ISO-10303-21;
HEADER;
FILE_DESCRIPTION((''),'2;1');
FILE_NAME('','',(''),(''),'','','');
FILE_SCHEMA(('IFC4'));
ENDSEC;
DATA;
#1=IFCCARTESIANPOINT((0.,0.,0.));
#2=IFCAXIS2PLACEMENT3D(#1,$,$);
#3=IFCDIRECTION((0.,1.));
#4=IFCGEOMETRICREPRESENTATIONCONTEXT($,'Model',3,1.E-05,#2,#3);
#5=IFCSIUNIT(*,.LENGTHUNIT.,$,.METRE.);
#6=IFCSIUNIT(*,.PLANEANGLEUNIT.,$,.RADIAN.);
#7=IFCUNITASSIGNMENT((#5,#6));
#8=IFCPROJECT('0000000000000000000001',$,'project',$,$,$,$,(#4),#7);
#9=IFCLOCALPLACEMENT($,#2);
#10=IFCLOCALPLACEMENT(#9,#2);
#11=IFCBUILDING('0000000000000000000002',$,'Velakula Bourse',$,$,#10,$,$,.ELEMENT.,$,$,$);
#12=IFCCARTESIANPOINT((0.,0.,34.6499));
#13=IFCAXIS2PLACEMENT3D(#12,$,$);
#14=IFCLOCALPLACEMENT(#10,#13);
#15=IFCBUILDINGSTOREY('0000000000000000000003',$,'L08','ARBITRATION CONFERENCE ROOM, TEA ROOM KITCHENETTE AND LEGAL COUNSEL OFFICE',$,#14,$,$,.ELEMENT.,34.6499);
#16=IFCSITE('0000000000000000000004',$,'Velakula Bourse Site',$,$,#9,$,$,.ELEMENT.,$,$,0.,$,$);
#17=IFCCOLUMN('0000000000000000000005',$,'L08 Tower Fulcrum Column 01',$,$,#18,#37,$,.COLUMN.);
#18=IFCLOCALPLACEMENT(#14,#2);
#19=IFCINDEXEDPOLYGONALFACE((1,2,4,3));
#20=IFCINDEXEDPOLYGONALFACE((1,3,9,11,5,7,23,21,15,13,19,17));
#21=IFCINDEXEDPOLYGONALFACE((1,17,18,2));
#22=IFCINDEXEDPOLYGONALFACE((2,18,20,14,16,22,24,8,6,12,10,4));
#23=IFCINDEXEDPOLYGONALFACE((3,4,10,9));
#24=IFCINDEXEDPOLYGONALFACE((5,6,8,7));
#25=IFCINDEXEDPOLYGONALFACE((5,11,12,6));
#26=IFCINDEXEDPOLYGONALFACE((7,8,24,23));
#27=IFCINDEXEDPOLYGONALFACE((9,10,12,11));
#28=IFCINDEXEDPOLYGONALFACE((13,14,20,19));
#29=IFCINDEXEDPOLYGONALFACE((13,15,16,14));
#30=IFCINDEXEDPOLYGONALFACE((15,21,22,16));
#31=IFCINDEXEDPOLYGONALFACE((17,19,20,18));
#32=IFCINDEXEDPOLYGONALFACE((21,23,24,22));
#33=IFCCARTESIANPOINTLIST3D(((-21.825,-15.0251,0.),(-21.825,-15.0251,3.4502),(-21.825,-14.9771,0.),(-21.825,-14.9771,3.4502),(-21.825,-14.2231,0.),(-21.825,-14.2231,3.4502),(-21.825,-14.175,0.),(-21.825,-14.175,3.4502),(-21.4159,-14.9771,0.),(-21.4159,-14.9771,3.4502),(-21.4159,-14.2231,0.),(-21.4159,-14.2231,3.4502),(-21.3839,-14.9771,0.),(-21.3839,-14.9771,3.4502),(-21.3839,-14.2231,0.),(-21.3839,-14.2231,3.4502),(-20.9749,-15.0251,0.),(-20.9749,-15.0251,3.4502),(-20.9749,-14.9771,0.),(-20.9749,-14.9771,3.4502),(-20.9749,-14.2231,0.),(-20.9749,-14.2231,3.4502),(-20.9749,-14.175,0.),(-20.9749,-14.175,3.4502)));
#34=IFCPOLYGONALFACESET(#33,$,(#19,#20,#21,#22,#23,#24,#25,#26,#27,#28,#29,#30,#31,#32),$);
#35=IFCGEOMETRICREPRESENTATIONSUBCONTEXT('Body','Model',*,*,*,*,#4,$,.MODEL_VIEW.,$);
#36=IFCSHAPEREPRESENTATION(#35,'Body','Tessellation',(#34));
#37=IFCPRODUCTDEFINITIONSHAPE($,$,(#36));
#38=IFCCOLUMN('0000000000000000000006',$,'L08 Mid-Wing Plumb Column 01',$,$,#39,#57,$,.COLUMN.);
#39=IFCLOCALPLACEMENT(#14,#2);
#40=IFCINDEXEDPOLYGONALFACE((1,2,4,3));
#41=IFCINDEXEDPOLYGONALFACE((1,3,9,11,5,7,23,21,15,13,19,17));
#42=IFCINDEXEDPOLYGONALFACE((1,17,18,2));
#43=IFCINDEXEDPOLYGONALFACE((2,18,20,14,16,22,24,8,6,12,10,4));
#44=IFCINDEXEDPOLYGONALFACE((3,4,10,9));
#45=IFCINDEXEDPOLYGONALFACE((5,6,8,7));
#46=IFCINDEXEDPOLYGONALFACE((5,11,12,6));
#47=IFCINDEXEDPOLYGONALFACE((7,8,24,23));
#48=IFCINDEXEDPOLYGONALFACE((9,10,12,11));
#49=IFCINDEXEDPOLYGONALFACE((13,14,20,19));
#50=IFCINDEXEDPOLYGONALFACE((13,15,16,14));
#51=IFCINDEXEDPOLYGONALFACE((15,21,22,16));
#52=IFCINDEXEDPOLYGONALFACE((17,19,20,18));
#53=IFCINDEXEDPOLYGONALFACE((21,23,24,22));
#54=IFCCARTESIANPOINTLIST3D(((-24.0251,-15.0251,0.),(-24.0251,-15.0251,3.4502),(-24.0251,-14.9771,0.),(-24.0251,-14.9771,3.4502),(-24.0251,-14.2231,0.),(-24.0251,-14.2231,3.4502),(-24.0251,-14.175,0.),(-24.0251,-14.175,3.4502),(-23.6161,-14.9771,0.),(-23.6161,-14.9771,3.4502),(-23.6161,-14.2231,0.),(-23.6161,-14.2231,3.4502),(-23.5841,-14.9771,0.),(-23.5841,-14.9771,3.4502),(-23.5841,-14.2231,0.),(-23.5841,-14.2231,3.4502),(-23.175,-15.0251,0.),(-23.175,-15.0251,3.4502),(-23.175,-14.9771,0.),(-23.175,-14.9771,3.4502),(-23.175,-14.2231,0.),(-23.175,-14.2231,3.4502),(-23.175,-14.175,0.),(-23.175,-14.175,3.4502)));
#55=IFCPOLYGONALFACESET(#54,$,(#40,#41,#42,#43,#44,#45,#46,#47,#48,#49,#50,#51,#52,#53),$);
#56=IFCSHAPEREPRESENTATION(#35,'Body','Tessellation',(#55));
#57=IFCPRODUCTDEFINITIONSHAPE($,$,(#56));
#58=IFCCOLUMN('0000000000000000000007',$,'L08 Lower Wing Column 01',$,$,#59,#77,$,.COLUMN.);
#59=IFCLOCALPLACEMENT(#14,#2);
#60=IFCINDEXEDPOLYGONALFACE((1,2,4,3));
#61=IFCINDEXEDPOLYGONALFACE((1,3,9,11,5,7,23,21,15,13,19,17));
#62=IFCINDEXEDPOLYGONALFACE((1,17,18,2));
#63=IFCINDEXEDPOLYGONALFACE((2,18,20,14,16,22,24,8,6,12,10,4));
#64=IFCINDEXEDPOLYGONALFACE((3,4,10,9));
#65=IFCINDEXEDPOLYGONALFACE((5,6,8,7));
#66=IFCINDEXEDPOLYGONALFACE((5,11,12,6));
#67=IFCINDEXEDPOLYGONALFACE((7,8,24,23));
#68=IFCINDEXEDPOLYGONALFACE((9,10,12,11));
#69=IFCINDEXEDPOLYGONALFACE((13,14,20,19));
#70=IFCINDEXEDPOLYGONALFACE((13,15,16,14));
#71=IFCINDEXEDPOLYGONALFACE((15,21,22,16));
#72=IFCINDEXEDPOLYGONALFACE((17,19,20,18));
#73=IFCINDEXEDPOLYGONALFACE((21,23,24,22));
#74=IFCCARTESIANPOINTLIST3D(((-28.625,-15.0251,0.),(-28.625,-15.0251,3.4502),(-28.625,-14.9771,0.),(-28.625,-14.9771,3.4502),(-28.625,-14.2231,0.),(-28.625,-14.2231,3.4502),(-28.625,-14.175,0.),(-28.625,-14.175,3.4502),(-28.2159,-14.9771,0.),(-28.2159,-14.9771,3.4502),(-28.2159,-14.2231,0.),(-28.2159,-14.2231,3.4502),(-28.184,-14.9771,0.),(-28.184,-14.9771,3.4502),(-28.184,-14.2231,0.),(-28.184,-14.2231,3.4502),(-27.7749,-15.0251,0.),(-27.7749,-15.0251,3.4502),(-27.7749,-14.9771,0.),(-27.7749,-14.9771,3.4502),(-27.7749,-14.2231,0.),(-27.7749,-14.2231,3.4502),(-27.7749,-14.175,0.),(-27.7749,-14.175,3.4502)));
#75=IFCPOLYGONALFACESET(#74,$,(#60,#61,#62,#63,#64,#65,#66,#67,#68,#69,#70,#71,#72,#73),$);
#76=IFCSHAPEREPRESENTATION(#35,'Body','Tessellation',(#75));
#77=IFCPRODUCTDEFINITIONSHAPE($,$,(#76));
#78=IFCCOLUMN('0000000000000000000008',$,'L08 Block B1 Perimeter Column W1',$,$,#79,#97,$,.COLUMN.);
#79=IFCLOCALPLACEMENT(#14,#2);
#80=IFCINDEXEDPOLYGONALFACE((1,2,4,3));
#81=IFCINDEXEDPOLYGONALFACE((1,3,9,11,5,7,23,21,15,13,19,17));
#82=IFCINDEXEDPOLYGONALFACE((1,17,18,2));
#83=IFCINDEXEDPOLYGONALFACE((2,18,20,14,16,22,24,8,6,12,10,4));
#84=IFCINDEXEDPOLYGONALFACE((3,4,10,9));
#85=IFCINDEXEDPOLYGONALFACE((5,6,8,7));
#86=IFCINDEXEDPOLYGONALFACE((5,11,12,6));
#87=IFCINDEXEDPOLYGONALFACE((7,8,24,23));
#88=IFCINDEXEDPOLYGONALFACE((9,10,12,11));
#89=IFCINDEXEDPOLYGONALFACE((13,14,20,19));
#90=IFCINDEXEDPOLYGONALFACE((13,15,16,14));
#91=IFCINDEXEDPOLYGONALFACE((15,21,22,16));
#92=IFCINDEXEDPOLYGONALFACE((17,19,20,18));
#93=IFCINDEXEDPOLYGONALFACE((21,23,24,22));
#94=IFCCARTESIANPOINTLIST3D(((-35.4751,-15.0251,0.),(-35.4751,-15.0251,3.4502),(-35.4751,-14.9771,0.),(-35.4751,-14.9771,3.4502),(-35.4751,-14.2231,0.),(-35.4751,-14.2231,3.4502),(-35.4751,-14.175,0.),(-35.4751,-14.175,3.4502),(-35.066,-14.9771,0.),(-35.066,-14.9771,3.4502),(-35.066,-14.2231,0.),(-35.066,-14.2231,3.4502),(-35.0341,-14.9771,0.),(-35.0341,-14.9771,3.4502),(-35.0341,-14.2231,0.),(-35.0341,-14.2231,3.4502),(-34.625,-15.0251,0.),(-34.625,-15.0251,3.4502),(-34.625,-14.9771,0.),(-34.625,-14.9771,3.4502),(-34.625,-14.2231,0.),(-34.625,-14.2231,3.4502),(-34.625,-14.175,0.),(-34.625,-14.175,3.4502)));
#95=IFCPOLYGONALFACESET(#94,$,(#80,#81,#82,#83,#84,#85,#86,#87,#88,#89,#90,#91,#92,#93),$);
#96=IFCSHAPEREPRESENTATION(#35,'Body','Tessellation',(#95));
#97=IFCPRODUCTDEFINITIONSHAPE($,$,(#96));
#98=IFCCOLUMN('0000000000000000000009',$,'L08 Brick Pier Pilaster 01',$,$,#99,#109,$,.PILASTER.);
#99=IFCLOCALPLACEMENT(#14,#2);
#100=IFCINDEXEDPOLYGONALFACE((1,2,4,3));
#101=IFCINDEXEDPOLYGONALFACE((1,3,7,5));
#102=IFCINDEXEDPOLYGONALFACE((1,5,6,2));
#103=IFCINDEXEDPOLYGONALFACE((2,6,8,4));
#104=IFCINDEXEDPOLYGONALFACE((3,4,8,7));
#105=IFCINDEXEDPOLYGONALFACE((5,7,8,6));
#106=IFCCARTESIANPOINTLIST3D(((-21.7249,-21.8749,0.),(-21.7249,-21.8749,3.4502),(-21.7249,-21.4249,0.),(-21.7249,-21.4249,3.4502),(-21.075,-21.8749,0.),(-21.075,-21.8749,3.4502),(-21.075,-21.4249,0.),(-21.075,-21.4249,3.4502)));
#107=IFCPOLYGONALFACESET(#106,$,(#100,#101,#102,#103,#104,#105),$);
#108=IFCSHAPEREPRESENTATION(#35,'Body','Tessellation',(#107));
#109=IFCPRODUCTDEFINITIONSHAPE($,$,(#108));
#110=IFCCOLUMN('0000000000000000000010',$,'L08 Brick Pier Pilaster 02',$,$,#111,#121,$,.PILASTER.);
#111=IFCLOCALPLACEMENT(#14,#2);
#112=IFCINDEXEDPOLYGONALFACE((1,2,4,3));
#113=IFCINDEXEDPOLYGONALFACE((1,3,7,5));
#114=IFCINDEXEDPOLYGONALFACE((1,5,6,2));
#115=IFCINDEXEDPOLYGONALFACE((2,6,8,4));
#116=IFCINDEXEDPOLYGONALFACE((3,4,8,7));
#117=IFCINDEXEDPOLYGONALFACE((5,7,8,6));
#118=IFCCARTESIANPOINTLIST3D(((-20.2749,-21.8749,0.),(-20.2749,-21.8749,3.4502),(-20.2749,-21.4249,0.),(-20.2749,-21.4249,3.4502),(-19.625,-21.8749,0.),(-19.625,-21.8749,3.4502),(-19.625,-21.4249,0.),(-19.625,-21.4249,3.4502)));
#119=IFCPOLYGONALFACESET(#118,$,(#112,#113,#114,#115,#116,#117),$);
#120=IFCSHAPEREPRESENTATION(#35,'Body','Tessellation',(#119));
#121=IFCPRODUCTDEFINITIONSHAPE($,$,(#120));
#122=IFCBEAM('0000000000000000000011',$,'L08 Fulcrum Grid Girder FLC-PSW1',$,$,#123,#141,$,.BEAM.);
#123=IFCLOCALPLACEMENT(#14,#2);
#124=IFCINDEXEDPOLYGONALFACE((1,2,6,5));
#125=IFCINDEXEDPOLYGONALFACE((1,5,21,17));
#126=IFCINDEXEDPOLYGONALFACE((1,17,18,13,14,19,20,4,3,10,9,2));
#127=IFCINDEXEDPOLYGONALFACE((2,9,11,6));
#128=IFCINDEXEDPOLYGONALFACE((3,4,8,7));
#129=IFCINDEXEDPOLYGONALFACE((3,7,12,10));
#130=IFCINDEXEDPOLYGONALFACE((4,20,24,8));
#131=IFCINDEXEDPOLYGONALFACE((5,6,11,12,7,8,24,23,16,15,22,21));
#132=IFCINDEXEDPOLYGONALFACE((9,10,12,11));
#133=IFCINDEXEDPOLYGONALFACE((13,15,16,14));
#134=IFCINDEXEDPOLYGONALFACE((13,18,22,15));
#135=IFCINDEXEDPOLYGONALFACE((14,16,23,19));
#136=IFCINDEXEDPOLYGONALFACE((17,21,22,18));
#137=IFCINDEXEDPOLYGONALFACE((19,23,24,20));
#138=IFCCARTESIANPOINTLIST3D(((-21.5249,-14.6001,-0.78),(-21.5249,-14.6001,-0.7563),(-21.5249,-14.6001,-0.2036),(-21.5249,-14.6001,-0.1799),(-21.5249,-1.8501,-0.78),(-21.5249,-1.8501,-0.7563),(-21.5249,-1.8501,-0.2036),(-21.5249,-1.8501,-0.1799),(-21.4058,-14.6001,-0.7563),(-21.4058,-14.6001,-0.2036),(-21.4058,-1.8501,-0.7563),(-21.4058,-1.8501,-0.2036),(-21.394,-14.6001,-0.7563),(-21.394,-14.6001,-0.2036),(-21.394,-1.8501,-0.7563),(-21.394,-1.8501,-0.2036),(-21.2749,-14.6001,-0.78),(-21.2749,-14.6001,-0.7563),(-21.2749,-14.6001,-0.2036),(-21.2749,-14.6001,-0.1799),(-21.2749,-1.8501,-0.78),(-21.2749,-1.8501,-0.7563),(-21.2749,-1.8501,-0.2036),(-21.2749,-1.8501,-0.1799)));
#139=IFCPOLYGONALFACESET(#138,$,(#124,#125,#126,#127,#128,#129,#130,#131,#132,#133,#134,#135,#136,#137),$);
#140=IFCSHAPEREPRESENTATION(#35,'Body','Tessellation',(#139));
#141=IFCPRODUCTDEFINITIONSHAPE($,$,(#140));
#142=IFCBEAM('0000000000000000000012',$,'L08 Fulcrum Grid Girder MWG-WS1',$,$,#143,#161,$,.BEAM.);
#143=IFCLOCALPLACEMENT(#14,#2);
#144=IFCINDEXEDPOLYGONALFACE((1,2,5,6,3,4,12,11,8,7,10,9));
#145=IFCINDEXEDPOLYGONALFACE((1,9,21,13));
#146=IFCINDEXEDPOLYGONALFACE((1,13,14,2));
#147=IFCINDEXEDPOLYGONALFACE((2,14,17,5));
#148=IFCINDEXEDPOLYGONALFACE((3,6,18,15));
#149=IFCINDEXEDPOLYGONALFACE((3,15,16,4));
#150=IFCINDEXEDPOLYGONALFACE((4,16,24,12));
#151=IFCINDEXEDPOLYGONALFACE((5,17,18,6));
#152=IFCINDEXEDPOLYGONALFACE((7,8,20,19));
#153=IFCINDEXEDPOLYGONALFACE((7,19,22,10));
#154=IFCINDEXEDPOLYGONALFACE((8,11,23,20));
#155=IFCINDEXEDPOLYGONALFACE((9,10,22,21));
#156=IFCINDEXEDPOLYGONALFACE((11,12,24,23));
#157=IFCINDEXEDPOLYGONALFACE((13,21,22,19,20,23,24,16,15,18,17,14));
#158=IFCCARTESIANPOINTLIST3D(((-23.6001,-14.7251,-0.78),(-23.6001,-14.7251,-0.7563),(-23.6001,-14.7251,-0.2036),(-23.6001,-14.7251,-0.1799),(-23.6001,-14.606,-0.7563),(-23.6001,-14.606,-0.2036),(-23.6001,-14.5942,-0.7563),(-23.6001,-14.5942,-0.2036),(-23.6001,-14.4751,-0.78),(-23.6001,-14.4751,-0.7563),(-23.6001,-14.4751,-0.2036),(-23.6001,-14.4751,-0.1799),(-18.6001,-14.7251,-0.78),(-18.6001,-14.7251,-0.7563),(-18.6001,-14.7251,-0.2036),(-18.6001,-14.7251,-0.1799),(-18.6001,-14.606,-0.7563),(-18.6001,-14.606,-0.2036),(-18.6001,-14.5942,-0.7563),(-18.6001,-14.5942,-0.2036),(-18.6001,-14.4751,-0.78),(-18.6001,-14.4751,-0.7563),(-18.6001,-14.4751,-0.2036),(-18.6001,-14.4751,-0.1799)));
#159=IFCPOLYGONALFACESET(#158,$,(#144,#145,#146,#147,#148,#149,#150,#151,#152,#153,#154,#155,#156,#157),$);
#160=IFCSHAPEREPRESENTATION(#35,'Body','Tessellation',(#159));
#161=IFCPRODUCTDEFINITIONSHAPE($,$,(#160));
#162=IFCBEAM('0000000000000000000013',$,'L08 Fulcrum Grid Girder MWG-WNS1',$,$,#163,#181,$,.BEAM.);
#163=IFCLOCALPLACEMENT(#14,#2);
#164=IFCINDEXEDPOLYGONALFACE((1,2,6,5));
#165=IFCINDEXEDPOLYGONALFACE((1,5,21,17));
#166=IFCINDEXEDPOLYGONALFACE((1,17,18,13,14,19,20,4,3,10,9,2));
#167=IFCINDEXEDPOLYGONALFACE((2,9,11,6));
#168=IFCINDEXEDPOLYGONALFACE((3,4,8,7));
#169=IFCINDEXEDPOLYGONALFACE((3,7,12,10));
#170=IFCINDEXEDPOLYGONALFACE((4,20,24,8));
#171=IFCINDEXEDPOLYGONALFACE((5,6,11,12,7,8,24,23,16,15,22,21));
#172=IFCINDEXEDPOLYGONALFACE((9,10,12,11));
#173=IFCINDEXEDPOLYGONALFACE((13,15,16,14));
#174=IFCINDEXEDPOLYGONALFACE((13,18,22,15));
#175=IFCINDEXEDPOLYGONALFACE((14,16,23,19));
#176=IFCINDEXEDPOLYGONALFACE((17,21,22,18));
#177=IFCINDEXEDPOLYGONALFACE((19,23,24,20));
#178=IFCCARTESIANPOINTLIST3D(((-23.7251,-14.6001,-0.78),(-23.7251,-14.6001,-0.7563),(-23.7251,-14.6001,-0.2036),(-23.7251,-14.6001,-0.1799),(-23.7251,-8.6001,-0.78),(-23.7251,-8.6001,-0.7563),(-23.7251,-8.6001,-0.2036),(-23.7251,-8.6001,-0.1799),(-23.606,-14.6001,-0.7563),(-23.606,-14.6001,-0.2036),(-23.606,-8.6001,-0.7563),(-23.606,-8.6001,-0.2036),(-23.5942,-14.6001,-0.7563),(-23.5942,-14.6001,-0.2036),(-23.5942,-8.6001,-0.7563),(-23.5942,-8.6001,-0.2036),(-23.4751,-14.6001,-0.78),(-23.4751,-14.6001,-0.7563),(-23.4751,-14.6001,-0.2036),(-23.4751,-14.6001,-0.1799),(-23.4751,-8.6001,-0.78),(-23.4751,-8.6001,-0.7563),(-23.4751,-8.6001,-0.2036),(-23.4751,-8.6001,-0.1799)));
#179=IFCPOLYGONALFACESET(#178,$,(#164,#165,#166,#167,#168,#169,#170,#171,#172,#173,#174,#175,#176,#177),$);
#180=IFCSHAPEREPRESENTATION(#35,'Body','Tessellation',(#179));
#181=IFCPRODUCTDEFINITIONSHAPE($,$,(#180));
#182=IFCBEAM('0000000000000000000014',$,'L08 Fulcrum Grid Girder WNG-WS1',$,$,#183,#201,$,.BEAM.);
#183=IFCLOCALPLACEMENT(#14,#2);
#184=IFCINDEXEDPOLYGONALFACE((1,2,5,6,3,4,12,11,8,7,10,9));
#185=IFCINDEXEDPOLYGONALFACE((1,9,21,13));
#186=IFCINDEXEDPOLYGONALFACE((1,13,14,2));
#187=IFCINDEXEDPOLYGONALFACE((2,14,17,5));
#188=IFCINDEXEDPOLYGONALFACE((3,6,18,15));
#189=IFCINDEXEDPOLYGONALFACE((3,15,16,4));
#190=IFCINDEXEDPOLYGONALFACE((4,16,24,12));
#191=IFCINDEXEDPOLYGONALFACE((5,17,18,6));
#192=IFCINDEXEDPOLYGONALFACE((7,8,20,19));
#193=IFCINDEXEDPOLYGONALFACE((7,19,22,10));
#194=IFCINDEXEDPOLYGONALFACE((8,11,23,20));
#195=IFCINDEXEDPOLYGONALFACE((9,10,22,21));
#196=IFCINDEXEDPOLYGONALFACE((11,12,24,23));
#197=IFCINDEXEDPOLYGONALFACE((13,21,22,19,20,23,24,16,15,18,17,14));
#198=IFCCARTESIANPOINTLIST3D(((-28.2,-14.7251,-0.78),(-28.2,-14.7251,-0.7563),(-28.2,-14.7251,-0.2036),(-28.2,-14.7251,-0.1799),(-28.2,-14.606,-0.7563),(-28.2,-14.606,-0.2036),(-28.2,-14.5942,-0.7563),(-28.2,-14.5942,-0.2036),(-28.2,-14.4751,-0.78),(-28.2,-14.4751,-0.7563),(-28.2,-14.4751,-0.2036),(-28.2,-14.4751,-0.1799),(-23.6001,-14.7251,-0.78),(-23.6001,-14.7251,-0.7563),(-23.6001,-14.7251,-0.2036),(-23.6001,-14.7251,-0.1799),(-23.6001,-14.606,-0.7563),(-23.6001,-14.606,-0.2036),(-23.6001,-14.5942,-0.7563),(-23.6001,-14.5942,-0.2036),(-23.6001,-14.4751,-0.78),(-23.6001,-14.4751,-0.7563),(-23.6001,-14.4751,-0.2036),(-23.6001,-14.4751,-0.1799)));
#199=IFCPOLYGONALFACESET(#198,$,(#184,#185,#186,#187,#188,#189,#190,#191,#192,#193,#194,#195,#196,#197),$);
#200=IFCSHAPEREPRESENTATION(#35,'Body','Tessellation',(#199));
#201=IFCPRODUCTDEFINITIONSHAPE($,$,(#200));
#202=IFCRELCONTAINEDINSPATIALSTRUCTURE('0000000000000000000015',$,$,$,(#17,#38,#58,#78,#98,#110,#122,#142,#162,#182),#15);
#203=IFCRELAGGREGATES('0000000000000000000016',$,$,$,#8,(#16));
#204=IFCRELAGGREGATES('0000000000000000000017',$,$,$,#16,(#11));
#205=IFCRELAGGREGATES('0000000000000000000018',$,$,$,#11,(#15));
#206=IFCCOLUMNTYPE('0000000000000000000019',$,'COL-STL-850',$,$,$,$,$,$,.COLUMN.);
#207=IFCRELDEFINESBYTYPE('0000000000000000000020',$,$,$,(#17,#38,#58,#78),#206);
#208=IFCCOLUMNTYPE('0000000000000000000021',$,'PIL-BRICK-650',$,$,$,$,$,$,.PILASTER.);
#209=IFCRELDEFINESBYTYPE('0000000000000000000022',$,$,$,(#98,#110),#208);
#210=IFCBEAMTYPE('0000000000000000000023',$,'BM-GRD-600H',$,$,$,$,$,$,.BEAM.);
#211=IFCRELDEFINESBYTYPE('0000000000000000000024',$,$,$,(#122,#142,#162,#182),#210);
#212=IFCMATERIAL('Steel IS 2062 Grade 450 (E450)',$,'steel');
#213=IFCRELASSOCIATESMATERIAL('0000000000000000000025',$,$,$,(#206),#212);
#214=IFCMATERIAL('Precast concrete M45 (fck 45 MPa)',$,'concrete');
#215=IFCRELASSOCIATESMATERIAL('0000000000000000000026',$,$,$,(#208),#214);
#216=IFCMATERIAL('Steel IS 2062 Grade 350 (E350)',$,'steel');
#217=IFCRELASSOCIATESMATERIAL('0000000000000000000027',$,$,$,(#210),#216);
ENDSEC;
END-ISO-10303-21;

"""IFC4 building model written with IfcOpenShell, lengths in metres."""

from ifc_helpers import new_model, si_unit, direction, frame, origin, origin_2d, place, context, subcontext, project, spatial, rectangle, i_section, extrude, material, material_profile, profile_set, type_object, element, save


model = new_model("IFC4")

# Units and contexts
model_context = context("Model", 3, precision=1e-05, world=origin(), true_north=direction((0.0, 1.0)))
body_context = subcontext(model_context, "Body", "Model", "MODEL_VIEW")
ifc_project = project(units=[si_unit("LENGTHUNIT", "METRE"), si_unit("PLANEANGLEUNIT", "RADIAN")], contexts=[model_context])

# Site, building, storey
site_placement = place(None, origin())
site = spatial("IfcSite", under=ifc_project, at=site_placement, Name="Velakula Bourse Site", CompositionType="ELEMENT", RefElevation=0.0)
building_placement = place(site_placement, origin())
building = spatial("IfcBuilding", under=site, at=building_placement, Name="Velakula Bourse", CompositionType="ELEMENT")
storey_placement = place(building_placement, frame((0.0, 0.0, 34.6499)))
storey = spatial("IfcBuildingStorey", under=building, at=storey_placement, Name="L08", Description="ARBITRATION CONFERENCE ROOM, TEA ROOM KITCHENETTE AND LEGAL COUNSEL OFFICE", CompositionType="ELEMENT", Elevation=34.6499)

# Columns
ifc_material_1 = material(Name="Steel IS 2062 Grade 450 (E450)", Category="steel")
ifc_material_profile_1 = material_profile(ifc_material_1, i_section(OverallWidth=0.8501, OverallDepth=0.8501, WebThickness=0.032, FlangeThickness=0.0481, at=origin_2d()), Name="Steel IS 2062 Grade 450 (E450)")
ifc_profile_set_1 = profile_set([ifc_material_profile_1], Name="Steel IS 2062 Grade 450 (E450)")
column_type_1 = type_object("IfcColumnType", Name="COL-STL-850", PredefinedType="COLUMN", material=ifc_profile_set_1)
for number, where, z_axis, x_axis, name in (
    (1, (-21.3999, -14.6001, 0.0), (0.0, 0.0, 1.0), (1.0, 0.0, 0.0), "L08 Tower Fulcrum Column 01"),
    (2, (-23.6001, -14.6001, 0.0), (0.0, 0.0, 1.0), (1.0, 0.0, 0.0), "L08 Mid-Wing Plumb Column 01"),
    (3, (-28.2, -14.6001, 0.0), (0.0, 0.0, 1.0), (1.0, 0.0, 0.0), "L08 Lower Wing Column 01"),
    (4, (-35.05, -14.6001, 0.0), (0.0, 0.0, 1.0), (1.0, 0.0, 0.0), "L08 Block B1 Perimeter Column W1"),
):
    element("IfcColumn", number, at=place(storey_placement, frame(where, z_axis=z_axis, x_axis=x_axis)), inside=storey, type_object=column_type_1, Name=name, PredefinedType="COLUMN", context=body_context, shape_type="SweptSolid", body=[
        extrude(i_section(OverallWidth=0.8501, OverallDepth=0.8501, WebThickness=0.032, FlangeThickness=0.0481, at=origin_2d()), origin(), (0.0, 0.0, 1.0), 3.4502),
    ])
ifc_material_2 = material(Name="Precast concrete M45 (fck 45 MPa)", Category="concrete")
ifc_material_profile_2 = material_profile(ifc_material_2, rectangle(XDim=0.6499, YDim=0.45, at=origin_2d()), Name="Precast concrete M45 (fck 45 MPa)")
ifc_profile_set_2 = profile_set([ifc_material_profile_2], Name="Precast concrete M45 (fck 45 MPa)")
column_type_2 = type_object("IfcColumnType", Name="PIL-BRICK-650", PredefinedType="PILASTER", material=ifc_profile_set_2)
for number, where, z_axis, x_axis, name in (
    (5, (-21.3999, -21.6499, 0.0), (0.0, 0.0, 1.0), (1.0, 0.0, 0.0), "L08 Brick Pier Pilaster 01"),
    (6, (-19.95, -21.6499, 0.0), (0.0, 0.0, 1.0), (1.0, 0.0, 0.0), "L08 Brick Pier Pilaster 02"),
):
    element("IfcColumn", number, at=place(storey_placement, frame(where, z_axis=z_axis, x_axis=x_axis)), inside=storey, type_object=column_type_2, Name=name, PredefinedType="PILASTER", context=body_context, shape_type="SweptSolid", body=[
        extrude(rectangle(XDim=0.6499, YDim=0.45, at=origin_2d()), origin(), (0.0, 0.0, 1.0), 3.4502),
    ])

# Beams
ifc_material_3 = material(Name="Steel IS 2062 Grade 350 (E350)", Category="steel")
ifc_material_profile_3 = material_profile(ifc_material_3, i_section(OverallWidth=0.25, OverallDepth=0.6001, WebThickness=0.0117, FlangeThickness=0.0237, at=origin_2d()), Name="Steel IS 2062 Grade 350 (E350)")
ifc_profile_set_3 = profile_set([ifc_material_profile_3], Name="Steel IS 2062 Grade 350 (E350)")
beam_type_1 = type_object("IfcBeamType", Name="BM-GRD-600H", PredefinedType="BEAM", material=ifc_profile_set_3)
beam_1_placement = place(storey_placement, frame((-21.3999, -14.6001, -0.48), z_axis=(0.0, 1.0, 0.0), x_axis=(-1.0, 0.0, 0.0)))
element("IfcBeam", 7, at=beam_1_placement, inside=storey, type_object=beam_type_1, Name="L08 Fulcrum Grid Girder FLC-PSW1", PredefinedType="BEAM", context=body_context, shape_type="SweptSolid", body=[
    extrude(i_section(OverallWidth=0.25, OverallDepth=0.6001, WebThickness=0.0117, FlangeThickness=0.0237, at=origin_2d()), origin(), (0.0, 0.0, 1.0), 12.75),
])
beam_2_placement = place(storey_placement, frame((-23.6001, -14.6001, -0.48), z_axis=(1.0, 0.0, 0.0), x_axis=(0.0, 1.0, 0.0)))
element("IfcBeam", 8, at=beam_2_placement, inside=storey, type_object=beam_type_1, Name="L08 Fulcrum Grid Girder MWG-WS1", PredefinedType="BEAM", context=body_context, shape_type="SweptSolid", body=[
    extrude(i_section(OverallWidth=0.25, OverallDepth=0.6001, WebThickness=0.0117, FlangeThickness=0.0237, at=origin_2d()), origin(), (0.0, 0.0, 1.0), 5.0),
])
beam_3_placement = place(storey_placement, frame((-23.6001, -14.6001, -0.48), z_axis=(0.0, 1.0, 0.0), x_axis=(-1.0, 0.0, 0.0)))
element("IfcBeam", 9, at=beam_3_placement, inside=storey, type_object=beam_type_1, Name="L08 Fulcrum Grid Girder MWG-WNS1", PredefinedType="BEAM", context=body_context, shape_type="SweptSolid", body=[
    extrude(i_section(OverallWidth=0.25, OverallDepth=0.6001, WebThickness=0.0117, FlangeThickness=0.0237, at=origin_2d()), origin(), (0.0, 0.0, 1.0), 6.0),
])
beam_4_placement = place(storey_placement, frame((-28.2, -14.6001, -0.48), z_axis=(1.0, 0.0, 0.0), x_axis=(0.0, 1.0, 0.0)))
element("IfcBeam", 10, at=beam_4_placement, inside=storey, type_object=beam_type_1, Name="L08 Fulcrum Grid Girder WNG-WS1", PredefinedType="BEAM", context=body_context, shape_type="SweptSolid", body=[
    extrude(i_section(OverallWidth=0.25, OverallDepth=0.6001, WebThickness=0.0117, FlangeThickness=0.0237, at=origin_2d()), origin(), (0.0, 0.0, 1.0), 4.5999),
])

save(model, "model.ifc")
